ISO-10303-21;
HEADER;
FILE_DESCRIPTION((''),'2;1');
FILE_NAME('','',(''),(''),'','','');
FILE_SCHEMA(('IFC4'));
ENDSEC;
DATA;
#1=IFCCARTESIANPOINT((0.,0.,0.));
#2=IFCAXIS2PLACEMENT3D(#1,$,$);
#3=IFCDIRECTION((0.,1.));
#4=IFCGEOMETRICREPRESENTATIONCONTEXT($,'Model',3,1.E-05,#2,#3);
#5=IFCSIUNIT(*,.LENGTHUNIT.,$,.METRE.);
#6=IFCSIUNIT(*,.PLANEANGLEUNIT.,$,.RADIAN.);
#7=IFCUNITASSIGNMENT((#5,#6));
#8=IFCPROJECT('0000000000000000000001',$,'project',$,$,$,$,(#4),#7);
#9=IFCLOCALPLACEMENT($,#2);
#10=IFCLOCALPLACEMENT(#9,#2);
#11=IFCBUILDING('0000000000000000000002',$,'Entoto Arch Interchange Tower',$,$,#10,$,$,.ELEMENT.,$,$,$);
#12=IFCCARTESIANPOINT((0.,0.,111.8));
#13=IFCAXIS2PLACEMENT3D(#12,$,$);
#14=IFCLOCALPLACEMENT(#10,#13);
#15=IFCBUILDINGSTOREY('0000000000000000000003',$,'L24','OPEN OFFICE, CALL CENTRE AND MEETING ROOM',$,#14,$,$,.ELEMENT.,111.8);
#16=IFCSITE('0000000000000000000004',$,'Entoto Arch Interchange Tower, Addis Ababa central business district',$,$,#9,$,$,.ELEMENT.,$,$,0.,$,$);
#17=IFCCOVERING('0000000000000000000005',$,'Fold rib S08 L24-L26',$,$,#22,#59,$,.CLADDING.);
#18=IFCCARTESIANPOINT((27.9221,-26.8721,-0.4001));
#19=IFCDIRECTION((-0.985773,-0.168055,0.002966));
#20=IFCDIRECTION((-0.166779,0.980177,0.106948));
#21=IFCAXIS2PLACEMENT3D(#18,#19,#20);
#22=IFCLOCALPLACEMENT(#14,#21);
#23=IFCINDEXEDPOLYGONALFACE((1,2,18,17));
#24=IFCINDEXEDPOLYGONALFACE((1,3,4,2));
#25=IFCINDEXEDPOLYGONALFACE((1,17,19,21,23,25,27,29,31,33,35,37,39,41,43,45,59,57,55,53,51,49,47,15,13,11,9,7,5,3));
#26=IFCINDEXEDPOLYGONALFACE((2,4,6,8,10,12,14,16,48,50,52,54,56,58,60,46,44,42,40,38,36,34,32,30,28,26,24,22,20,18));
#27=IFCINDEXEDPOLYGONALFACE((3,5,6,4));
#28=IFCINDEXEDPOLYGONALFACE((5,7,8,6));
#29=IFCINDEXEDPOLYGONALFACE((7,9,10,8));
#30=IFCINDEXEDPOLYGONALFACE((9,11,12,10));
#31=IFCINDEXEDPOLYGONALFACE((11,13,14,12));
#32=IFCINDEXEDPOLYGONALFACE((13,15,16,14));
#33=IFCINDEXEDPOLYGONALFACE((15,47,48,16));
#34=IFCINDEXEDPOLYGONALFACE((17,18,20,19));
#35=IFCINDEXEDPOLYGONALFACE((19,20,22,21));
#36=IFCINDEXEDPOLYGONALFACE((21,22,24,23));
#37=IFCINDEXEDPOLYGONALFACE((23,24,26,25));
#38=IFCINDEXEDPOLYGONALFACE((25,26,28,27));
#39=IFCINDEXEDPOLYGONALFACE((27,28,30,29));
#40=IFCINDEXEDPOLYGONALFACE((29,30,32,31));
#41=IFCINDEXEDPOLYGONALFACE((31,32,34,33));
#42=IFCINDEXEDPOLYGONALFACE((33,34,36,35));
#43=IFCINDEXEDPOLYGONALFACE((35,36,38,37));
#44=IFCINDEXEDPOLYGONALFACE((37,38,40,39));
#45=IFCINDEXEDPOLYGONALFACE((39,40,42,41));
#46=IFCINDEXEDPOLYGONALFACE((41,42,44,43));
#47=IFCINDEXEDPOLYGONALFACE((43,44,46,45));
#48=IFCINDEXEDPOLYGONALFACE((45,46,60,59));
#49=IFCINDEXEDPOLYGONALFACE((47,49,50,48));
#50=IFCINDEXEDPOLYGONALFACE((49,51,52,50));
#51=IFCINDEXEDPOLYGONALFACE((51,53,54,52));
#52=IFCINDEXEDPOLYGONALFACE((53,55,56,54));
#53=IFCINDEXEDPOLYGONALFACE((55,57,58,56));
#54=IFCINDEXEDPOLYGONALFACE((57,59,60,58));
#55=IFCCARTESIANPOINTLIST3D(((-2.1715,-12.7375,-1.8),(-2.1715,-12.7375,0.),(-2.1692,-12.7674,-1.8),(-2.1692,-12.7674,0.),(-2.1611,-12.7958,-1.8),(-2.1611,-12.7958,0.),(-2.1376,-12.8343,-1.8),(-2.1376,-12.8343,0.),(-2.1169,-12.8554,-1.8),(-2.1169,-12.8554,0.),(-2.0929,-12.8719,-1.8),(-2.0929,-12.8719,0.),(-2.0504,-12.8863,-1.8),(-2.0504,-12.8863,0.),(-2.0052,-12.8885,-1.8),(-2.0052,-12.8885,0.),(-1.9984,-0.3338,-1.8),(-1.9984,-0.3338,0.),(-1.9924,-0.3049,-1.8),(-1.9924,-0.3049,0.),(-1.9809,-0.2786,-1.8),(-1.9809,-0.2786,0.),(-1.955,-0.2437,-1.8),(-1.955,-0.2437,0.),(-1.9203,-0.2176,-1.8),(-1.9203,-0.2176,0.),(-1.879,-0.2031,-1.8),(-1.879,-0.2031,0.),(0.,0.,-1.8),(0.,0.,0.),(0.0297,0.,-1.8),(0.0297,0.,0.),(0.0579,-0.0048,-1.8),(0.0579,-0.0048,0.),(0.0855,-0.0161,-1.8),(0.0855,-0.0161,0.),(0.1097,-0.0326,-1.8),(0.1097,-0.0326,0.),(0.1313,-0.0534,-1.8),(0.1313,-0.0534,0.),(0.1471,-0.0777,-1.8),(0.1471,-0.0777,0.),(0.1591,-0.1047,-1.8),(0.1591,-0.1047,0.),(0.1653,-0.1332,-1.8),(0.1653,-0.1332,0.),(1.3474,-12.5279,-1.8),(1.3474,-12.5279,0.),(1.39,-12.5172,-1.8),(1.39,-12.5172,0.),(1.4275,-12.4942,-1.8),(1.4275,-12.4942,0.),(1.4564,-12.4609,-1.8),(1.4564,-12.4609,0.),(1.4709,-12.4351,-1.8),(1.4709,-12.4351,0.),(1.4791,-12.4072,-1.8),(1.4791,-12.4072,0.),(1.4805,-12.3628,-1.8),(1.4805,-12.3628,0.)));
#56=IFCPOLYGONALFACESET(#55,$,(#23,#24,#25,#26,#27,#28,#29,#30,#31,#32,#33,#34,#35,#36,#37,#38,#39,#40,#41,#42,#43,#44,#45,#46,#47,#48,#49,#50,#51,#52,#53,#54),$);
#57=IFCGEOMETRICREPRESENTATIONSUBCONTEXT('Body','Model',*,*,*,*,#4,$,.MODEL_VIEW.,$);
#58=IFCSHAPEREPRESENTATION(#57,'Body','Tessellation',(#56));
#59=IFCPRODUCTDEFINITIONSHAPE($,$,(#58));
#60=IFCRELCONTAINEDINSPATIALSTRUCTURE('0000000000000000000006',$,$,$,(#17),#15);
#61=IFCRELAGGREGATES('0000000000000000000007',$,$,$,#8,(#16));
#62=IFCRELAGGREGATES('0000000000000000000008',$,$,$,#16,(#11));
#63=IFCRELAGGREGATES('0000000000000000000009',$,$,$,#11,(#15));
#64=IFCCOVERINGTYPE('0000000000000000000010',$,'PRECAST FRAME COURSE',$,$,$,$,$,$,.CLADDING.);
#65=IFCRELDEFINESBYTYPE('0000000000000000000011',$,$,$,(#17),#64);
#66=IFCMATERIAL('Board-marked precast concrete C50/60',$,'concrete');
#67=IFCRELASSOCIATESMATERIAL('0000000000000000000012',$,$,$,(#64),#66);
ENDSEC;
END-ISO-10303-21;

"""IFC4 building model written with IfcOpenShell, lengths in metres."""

from ifc_helpers import new_model, si_unit, direction, frame, origin, place, context, subcontext, project, spatial, polyline, outline, extrude, material, type_object, element, save


model = new_model("IFC4")

# Units and contexts
model_context = context("Model", 3, precision=1e-05, world=origin(), true_north=direction((0.0, 1.0)))
body_context = subcontext(model_context, "Body", "Model", "MODEL_VIEW")
ifc_project = project(units=[si_unit("LENGTHUNIT", "METRE"), si_unit("PLANEANGLEUNIT", "RADIAN")], contexts=[model_context])

# Site, building, storey
site_placement = place(None, origin())
site = spatial("IfcSite", under=ifc_project, at=site_placement, Name="Entoto Arch Interchange Tower, Addis Ababa central business district", CompositionType="ELEMENT", RefElevation=0.0)
building_placement = place(site_placement, origin())
building = spatial("IfcBuilding", under=site, at=building_placement, Name="Entoto Arch Interchange Tower", CompositionType="ELEMENT")
storey_placement = place(building_placement, frame((0.0, 0.0, 111.8)))
storey = spatial("IfcBuildingStorey", under=building, at=storey_placement, Name="L24", Description="OPEN OFFICE, CALL CENTRE AND MEETING ROOM", CompositionType="ELEMENT", Elevation=111.8)

# Covering
ifc_material_1 = material(Name="Board-marked precast concrete C50/60", Category="concrete")
covering_type = type_object("IfcCoveringType", Name="PRECAST FRAME COURSE", PredefinedType="CLADDING", material=ifc_material_1)
covering_1_placement = place(storey_placement, frame((27.9221, -26.8721, -0.4001), z_axis=(-0.985773, -0.168055, 0.002966), x_axis=(-0.166779, 0.980177, 0.106948)))
element("IfcCovering", 1, at=covering_1_placement, inside=storey, type_object=covering_type, Name="Fold rib S08 L24-L26", PredefinedType="CLADDING", context=body_context, shape_type="SweptSolid", body=[
    extrude(outline(polyline([(0.0, 0.0), (0.0297, 0.0), (0.0579, -0.0048), (0.0855, -0.0161), (0.1097, -0.0326), (0.1313, -0.0534), (0.1471, -0.0777), (0.1591, -0.1047), (0.1653, -0.1332), (1.4805, -12.3628), (1.4791, -12.4072), (1.4709, -12.4351), (1.4564, -12.4609), (1.4275, -12.4942), (1.39, -12.5172), (1.3474, -12.5279), (-2.0052, -12.8885), (-2.0504, -12.8863), (-2.0929, -12.8719), (-2.1169, -12.8554), (-2.1376, -12.8343), (-2.1611, -12.7958), (-2.1692, -12.7674), (-2.1715, -12.7375), (-1.9984, -0.3338), (-1.9924, -0.3049), (-1.9809, -0.2786), (-1.955, -0.2437), (-1.9203, -0.2176), (-1.879, -0.2031), (0.0, 0.0)])), origin(), (0.0, 0.0, -1.0), 1.8),
])

save(model, "model.ifc")
